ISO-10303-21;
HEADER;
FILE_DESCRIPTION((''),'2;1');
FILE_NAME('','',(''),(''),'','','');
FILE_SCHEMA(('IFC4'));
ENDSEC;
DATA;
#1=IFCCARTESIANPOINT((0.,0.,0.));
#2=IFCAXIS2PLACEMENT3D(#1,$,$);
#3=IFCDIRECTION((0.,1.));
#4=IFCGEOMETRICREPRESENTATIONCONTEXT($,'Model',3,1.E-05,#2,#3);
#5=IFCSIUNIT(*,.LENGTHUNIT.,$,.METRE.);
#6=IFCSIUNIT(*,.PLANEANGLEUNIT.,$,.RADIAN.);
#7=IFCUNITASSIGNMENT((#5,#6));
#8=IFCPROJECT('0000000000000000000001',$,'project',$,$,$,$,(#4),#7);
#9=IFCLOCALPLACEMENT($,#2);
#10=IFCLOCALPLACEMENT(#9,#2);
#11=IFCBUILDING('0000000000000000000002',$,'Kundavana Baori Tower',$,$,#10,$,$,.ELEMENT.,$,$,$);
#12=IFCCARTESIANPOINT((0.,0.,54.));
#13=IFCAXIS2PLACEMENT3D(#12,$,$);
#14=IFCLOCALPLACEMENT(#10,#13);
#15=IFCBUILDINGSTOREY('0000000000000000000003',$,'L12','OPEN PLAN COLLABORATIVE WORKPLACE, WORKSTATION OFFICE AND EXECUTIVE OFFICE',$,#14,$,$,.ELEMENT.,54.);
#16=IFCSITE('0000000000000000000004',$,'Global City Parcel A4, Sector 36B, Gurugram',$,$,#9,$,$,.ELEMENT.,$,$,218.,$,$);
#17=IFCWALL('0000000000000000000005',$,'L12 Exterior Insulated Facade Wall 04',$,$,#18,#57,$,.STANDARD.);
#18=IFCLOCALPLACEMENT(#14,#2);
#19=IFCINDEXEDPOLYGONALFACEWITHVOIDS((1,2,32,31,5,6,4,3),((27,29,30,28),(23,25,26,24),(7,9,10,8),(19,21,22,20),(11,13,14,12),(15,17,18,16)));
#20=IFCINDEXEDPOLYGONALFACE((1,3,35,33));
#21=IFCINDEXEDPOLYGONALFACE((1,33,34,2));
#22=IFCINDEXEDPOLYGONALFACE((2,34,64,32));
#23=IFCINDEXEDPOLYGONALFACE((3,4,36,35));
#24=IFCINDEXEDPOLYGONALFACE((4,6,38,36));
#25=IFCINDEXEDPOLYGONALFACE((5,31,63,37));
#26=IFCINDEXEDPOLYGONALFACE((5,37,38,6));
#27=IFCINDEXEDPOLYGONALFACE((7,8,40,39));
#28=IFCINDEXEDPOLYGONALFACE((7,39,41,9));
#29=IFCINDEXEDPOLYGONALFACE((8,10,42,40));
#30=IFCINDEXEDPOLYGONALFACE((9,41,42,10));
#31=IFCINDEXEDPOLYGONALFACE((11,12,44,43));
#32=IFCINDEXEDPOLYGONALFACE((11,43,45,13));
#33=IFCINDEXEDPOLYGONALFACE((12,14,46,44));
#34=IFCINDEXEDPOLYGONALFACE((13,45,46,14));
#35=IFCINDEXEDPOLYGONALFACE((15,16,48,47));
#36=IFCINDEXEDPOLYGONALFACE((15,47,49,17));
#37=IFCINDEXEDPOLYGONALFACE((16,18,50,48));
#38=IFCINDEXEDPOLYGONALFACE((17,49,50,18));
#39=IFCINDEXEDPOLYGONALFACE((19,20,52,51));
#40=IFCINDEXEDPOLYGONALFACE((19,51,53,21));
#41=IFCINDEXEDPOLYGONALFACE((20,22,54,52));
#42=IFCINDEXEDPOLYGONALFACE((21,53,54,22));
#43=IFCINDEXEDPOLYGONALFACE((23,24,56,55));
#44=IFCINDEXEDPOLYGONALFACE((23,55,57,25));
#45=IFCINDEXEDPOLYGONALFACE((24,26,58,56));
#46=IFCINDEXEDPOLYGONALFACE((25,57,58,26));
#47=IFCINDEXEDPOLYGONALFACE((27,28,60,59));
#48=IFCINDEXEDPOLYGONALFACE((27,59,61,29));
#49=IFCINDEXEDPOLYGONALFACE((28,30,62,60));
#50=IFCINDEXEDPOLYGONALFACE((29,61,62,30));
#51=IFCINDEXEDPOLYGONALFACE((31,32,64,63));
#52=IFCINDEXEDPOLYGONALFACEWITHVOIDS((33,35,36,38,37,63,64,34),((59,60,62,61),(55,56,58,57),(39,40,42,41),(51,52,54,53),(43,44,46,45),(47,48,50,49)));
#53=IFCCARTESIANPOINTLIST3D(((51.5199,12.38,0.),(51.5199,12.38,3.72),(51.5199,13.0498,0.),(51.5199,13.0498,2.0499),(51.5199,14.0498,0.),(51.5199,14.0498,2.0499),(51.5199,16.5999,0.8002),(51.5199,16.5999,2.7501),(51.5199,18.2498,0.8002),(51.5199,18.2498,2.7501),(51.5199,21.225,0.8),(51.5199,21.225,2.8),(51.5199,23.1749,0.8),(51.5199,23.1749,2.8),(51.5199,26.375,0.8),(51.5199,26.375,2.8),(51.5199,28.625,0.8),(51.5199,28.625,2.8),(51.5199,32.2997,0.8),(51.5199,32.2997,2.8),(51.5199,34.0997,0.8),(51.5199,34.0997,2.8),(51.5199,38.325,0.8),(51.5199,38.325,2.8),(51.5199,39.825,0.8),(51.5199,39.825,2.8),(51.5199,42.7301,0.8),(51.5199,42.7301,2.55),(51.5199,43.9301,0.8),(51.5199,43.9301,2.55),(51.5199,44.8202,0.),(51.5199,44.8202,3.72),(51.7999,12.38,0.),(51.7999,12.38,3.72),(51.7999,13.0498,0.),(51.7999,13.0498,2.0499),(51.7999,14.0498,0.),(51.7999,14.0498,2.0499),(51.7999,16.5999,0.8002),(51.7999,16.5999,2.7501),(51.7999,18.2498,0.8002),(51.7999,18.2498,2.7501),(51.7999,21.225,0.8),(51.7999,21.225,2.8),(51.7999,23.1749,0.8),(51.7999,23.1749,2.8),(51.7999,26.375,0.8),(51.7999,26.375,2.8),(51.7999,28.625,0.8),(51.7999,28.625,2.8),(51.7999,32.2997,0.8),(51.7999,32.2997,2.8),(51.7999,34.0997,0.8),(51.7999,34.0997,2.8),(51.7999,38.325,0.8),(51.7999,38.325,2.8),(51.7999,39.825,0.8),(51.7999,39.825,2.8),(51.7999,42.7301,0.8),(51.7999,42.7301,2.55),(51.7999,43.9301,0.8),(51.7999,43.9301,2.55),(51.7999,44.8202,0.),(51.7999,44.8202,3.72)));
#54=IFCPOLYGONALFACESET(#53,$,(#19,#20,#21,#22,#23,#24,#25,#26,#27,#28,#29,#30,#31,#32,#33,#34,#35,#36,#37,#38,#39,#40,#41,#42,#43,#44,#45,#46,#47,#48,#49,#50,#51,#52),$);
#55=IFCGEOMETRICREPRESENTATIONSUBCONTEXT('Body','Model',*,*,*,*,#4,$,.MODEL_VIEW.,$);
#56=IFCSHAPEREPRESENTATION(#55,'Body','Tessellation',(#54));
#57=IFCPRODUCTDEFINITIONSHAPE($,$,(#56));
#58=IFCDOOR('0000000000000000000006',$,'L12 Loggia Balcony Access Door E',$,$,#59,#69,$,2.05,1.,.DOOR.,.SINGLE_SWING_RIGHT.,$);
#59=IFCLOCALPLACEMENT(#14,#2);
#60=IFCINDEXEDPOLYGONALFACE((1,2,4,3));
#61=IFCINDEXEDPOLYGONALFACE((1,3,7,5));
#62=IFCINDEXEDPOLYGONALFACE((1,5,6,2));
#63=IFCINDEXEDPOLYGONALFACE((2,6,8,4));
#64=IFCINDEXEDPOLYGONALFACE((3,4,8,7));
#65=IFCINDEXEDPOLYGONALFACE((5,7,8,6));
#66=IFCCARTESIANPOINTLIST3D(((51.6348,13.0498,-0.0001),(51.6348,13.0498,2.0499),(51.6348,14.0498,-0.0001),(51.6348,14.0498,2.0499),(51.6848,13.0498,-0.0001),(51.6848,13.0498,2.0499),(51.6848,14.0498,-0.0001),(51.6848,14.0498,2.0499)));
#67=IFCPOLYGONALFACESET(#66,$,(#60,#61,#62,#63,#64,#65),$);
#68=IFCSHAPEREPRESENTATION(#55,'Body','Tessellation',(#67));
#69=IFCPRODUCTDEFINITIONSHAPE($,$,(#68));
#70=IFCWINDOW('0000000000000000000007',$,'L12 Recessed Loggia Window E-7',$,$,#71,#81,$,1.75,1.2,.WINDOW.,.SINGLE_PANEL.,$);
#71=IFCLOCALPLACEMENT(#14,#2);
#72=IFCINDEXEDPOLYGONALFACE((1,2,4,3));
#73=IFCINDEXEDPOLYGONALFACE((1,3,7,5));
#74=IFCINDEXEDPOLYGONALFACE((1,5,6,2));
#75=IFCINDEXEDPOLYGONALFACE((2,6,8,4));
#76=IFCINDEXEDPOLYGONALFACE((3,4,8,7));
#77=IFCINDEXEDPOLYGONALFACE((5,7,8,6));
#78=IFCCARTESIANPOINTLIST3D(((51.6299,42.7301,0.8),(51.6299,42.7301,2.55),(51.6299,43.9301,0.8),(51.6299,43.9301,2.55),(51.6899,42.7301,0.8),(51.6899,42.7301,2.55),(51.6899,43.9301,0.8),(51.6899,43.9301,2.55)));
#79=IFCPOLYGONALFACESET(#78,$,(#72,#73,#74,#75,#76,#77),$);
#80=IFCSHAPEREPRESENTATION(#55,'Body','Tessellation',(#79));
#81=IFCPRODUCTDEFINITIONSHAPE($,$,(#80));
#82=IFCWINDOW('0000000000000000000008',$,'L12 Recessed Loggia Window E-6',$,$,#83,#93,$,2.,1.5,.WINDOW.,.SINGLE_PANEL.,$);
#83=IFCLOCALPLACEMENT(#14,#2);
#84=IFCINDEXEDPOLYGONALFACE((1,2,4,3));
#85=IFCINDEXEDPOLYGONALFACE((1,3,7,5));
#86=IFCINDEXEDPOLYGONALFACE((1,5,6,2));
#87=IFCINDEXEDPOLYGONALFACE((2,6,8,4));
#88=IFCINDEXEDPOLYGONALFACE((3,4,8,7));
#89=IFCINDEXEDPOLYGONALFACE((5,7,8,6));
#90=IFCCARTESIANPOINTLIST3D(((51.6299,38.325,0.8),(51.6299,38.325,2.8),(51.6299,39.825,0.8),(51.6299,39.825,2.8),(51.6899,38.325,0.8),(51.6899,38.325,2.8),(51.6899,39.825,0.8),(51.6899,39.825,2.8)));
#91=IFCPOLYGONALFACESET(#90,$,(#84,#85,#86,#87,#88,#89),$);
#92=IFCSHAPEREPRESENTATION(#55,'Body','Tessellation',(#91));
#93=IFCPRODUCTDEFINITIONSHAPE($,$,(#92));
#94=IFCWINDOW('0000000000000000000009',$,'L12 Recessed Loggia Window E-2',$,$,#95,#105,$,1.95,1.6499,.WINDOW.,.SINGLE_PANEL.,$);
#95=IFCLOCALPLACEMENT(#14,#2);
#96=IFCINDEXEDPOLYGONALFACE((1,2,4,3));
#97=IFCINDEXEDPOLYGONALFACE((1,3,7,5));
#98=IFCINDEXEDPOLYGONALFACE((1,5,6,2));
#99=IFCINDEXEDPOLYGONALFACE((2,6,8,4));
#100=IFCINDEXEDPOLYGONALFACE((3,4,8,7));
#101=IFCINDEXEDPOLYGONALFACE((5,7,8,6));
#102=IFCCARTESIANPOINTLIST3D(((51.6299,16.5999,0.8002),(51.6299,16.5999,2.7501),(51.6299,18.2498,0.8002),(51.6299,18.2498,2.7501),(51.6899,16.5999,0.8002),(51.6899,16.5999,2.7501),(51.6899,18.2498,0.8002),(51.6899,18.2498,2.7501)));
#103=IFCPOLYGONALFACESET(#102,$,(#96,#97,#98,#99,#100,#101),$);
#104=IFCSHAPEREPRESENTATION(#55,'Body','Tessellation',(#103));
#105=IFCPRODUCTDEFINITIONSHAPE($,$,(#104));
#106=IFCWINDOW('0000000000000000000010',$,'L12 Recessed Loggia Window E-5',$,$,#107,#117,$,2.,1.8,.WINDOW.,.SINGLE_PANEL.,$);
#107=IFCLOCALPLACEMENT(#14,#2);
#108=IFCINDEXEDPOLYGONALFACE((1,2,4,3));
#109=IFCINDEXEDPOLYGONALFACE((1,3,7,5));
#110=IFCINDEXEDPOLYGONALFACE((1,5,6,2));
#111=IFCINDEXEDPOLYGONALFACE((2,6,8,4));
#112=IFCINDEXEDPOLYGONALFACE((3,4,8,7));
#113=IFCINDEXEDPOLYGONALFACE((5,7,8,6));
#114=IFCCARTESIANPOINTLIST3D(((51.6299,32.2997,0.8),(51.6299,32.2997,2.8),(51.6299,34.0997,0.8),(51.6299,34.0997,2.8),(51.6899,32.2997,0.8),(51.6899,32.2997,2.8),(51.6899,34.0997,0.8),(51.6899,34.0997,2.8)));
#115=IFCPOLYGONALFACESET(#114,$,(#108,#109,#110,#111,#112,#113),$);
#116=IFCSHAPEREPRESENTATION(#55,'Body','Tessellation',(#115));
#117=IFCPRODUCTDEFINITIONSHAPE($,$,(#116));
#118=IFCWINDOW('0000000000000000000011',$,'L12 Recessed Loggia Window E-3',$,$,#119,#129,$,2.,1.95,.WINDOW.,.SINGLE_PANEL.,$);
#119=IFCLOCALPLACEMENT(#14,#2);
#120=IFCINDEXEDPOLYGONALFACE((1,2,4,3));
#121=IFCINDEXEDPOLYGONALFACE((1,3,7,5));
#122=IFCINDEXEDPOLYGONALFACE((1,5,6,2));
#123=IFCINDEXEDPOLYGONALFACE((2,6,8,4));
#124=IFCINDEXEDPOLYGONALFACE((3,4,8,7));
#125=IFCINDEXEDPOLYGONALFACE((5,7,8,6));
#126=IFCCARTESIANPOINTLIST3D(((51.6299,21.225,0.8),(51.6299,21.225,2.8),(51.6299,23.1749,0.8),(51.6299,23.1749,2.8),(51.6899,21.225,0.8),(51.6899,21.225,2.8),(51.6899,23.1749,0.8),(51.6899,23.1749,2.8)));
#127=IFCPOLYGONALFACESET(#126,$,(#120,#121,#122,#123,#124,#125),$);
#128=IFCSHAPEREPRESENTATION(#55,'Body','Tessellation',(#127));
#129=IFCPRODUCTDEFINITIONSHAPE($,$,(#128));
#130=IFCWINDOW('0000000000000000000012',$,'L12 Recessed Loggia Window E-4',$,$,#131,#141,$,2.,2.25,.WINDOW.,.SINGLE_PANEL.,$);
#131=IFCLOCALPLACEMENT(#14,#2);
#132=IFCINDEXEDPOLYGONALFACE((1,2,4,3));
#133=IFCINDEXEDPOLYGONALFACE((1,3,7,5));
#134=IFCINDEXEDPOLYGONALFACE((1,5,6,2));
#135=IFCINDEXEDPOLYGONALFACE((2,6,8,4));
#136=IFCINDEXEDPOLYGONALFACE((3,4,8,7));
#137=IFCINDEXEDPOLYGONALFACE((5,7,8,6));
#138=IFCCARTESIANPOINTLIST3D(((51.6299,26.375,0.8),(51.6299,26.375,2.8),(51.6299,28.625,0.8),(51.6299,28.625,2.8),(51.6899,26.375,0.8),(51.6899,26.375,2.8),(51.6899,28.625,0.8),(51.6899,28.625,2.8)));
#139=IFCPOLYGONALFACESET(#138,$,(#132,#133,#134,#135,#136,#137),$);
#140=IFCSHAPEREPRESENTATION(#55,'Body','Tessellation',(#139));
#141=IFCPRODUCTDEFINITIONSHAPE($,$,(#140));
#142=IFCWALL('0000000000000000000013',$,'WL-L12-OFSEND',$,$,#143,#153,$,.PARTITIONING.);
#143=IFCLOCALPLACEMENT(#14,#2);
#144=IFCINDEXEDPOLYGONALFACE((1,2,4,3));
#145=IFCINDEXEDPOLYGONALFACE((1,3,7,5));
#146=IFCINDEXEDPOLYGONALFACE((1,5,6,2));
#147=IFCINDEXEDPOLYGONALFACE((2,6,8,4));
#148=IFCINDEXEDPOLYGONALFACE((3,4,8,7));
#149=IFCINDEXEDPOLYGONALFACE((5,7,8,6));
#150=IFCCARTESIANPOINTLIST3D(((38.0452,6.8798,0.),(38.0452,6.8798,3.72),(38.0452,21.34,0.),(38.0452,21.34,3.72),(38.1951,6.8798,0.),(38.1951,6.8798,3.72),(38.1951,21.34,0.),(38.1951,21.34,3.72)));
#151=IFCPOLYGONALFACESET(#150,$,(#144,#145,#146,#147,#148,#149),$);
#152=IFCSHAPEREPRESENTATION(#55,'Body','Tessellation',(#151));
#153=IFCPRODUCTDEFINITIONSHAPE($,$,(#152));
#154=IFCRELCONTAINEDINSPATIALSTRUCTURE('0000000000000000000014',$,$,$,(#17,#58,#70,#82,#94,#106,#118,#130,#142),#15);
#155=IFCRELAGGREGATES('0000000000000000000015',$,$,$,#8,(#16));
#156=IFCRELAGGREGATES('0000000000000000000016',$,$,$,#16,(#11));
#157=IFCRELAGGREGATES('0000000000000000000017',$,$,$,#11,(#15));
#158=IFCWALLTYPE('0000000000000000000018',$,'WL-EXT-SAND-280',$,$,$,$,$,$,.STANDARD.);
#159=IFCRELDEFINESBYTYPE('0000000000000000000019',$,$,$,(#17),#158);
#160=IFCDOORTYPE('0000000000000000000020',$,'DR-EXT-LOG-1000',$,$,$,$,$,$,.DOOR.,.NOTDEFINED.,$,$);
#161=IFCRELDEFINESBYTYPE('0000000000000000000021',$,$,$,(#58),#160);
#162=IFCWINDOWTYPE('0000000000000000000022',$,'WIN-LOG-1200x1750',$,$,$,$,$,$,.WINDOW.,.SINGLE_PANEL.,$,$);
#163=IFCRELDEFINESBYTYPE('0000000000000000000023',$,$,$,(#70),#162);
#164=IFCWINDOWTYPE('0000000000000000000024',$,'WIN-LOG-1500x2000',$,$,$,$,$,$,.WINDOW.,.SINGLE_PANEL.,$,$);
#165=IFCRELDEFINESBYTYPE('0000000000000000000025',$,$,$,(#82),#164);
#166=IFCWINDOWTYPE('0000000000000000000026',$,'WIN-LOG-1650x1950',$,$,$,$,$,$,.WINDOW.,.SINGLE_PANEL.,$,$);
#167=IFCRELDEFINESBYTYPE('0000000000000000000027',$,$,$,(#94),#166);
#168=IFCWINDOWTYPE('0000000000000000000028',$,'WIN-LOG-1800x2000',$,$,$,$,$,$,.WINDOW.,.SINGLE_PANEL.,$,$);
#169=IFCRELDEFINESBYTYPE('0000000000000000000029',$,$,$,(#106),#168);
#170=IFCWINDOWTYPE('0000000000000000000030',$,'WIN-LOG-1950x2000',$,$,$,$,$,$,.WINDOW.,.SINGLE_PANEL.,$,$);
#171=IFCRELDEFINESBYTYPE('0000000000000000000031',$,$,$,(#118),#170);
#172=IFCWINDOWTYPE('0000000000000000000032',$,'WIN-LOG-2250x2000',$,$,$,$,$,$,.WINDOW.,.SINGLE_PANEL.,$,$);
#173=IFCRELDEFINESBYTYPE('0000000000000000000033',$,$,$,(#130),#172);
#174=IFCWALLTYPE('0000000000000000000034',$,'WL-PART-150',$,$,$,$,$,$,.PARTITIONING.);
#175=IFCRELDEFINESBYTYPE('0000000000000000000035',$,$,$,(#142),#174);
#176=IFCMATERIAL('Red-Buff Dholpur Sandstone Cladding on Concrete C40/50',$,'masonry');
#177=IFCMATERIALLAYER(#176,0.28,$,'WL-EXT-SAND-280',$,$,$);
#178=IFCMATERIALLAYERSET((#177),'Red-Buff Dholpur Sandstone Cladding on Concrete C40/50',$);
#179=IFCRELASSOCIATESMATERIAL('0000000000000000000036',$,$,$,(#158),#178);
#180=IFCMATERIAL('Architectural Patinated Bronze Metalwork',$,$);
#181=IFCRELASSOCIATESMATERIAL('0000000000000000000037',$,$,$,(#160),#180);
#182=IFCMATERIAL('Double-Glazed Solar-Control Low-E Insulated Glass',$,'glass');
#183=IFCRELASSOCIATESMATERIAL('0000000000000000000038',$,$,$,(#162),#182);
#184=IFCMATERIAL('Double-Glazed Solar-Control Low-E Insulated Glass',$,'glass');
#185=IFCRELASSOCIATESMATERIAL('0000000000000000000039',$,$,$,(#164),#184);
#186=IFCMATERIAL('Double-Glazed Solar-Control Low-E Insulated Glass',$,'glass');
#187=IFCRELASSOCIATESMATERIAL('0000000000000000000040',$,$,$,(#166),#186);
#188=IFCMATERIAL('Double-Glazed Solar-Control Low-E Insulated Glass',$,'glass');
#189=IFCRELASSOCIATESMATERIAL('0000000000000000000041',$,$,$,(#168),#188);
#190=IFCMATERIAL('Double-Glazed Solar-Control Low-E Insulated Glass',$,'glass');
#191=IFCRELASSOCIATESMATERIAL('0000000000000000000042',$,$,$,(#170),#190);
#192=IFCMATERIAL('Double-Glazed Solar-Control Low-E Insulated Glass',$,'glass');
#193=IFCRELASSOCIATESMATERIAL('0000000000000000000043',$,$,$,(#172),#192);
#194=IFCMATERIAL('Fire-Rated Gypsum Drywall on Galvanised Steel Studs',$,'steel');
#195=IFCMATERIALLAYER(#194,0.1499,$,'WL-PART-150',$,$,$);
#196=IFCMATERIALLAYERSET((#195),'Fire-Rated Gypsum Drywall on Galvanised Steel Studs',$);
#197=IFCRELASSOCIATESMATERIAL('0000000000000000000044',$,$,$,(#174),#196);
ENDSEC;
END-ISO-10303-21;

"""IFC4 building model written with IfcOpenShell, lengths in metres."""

from ifc_helpers import new_model, si_unit, direction, frame, frame_2d, origin, place, context, subcontext, project, spatial, rectangle, extrude, material, layer, layer_set, type_object, element, fill, save


model = new_model("IFC4")

# Units and contexts
model_context = context("Model", 3, precision=1e-05, world=origin(), true_north=direction((0.0, 1.0)))
body_context = subcontext(model_context, "Body", "Model", "MODEL_VIEW")
ifc_project = project(units=[si_unit("LENGTHUNIT", "METRE"), si_unit("PLANEANGLEUNIT", "RADIAN")], contexts=[model_context])

# Site, building, storey
site_placement = place(None, origin())
site = spatial("IfcSite", under=ifc_project, at=site_placement, Name="Global City Parcel A4, Sector 36B, Gurugram", CompositionType="ELEMENT", RefElevation=218.0)
building_placement = place(site_placement, origin())
building = spatial("IfcBuilding", under=site, at=building_placement, Name="Kundavana Baori Tower", CompositionType="ELEMENT")
storey_placement = place(building_placement, frame((0.0, 0.0, 54.0)))
storey = spatial("IfcBuildingStorey", under=building, at=storey_placement, Name="L12", Description="OPEN PLAN COLLABORATIVE WORKPLACE, WORKSTATION OFFICE AND EXECUTIVE OFFICE", CompositionType="ELEMENT", Elevation=54.0)

# Shared definitions
ifc_material_1 = material(Name="Red-Buff Dholpur Sandstone Cladding on Concrete C40/50", Category="masonry")
ifc_layer_1 = layer(ifc_material_1, 0.28, Name="WL-EXT-SAND-280")
ifc_layer_set_1 = layer_set([ifc_layer_1], Name="Red-Buff Dholpur Sandstone Cladding on Concrete C40/50")
wall_type_1 = type_object("IfcWallType", Name="WL-EXT-SAND-280", PredefinedType="STANDARD", material=ifc_layer_set_1)

# Wall, openings, door, windows
wall_1_placement = place(storey_placement, frame((51.6599, 12.3799, 0.0), z_axis=(0.0, 0.0, 1.0), x_axis=(0.0, 1.0, 0.0)))
wall_1 = element("IfcWall", 1, at=wall_1_placement, inside=storey, type_object=wall_type_1, Name="L12 Exterior Insulated Facade Wall 04", PredefinedType="STANDARD", context=body_context, shape_type="SweptSolid", body=[
    extrude(rectangle(XDim=32.4402, YDim=0.28, at=frame_2d((16.2202, 0.0))), origin(), (0.0, 0.0, 1.0), 3.72),
])
opening_1_placement = place(wall_1_placement, frame((0.6699, 0.0, 0.0)))
opening_1 = element("IfcOpeningElement", 2, at=opening_1_placement, cuts=wall_1, PredefinedType="OPENING", context=body_context, shape_type="SweptSolid", body=[
    extrude(rectangle(XDim=1.0, YDim=2.05, at=frame_2d((0.5, 1.0249))), frame((0.0, 0.1499, 0.0), z_axis=(0.0, -1.0, 0.0), x_axis=(1.0, 0.0, 0.0)), (0.0, 0.0, 1.0), 0.3),
])
opening_2_placement = place(wall_1_placement, frame((4.22, 0.0, 0.8)))
opening_2 = element("IfcOpeningElement", 3, at=opening_2_placement, cuts=wall_1, PredefinedType="OPENING", context=body_context, shape_type="SweptSolid", body=[
    extrude(rectangle(XDim=1.6499, YDim=1.95, at=frame_2d((0.825, 0.9751))), frame((0.0, 0.1499, 0.0), z_axis=(0.0, -1.0, 0.0), x_axis=(1.0, 0.0, 0.0)), (0.0, 0.0, 1.0), 0.3),
])
opening_3_placement = place(wall_1_placement, frame((8.845, 0.0, 0.8)))
opening_3 = element("IfcOpeningElement", 4, at=opening_3_placement, cuts=wall_1, PredefinedType="OPENING", context=body_context, shape_type="SweptSolid", body=[
    extrude(rectangle(XDim=1.95, YDim=2.0, at=frame_2d((0.9751, 1.0))), frame((0.0, 0.1499, 0.0), z_axis=(0.0, -1.0, 0.0), x_axis=(1.0, 0.0, 0.0)), (0.0, 0.0, 1.0), 0.3),
])
opening_4_placement = place(wall_1_placement, frame((13.9951, 0.0, 0.8)))
opening_4 = element("IfcOpeningElement", 5, at=opening_4_placement, cuts=wall_1, PredefinedType="OPENING", context=body_context, shape_type="SweptSolid", body=[
    extrude(rectangle(XDim=2.25, YDim=2.0, at=frame_2d((1.125, 1.0))), frame((0.0, 0.1499, 0.0), z_axis=(0.0, -1.0, 0.0), x_axis=(1.0, 0.0, 0.0)), (0.0, 0.0, 1.0), 0.3),
])
opening_5_placement = place(wall_1_placement, frame((19.9199, 0.0, 0.8)))
opening_5 = element("IfcOpeningElement", 6, at=opening_5_placement, cuts=wall_1, PredefinedType="OPENING", context=body_context, shape_type="SweptSolid", body=[
    extrude(rectangle(XDim=1.8, YDim=2.0, at=frame_2d((0.8999, 1.0))), frame((0.0, 0.1499, 0.0), z_axis=(0.0, -1.0, 0.0), x_axis=(1.0, 0.0, 0.0)), (0.0, 0.0, 1.0), 0.3),
])
opening_6_placement = place(wall_1_placement, frame((25.9451, 0.0, 0.8)))
opening_6 = element("IfcOpeningElement", 7, at=opening_6_placement, cuts=wall_1, PredefinedType="OPENING", context=body_context, shape_type="SweptSolid", body=[
    extrude(rectangle(XDim=1.5, YDim=2.0, at=frame_2d((0.75, 1.0))), frame((0.0, 0.1499, 0.0), z_axis=(0.0, -1.0, 0.0), x_axis=(1.0, 0.0, 0.0)), (0.0, 0.0, 1.0), 0.3),
])
opening_7_placement = place(wall_1_placement, frame((30.3501, 0.0, 0.8)))
opening_7 = element("IfcOpeningElement", 8, at=opening_7_placement, cuts=wall_1, PredefinedType="OPENING", context=body_context, shape_type="SweptSolid", body=[
    extrude(rectangle(XDim=1.2, YDim=1.75, at=frame_2d((0.6001, 0.875))), frame((0.0, 0.1499, 0.0), z_axis=(0.0, -1.0, 0.0), x_axis=(1.0, 0.0, 0.0)), (0.0, 0.0, 1.0), 0.3),
])
ifc_material_2 = material(Name="Architectural Patinated Bronze Metalwork")
door_type_1 = type_object("IfcDoorType", Name="DR-EXT-LOG-1000", OperationType="NOTDEFINED", PredefinedType="DOOR", material=ifc_material_2)
door_1_placement = place(opening_1_placement, frame((1.0, 0.0, 0.0), z_axis=(0.0, 0.0, 1.0), x_axis=(-1.0, 0.0, 0.0)))
door_1 = element("IfcDoor", 9, at=door_1_placement, inside=storey, type_object=door_type_1, Name="L12 Loggia Balcony Access Door E", OperationType="SINGLE_SWING_RIGHT", OverallHeight=2.05, OverallWidth=1.0, PredefinedType="DOOR", context=body_context, shape_type="SweptSolid", body=[
    extrude(rectangle(XDim=1.0, YDim=2.05, at=frame_2d((0.5, 1.0249))), frame((0.0, 0.0249, 0.0), z_axis=(0.0, -1.0, 0.0), x_axis=(1.0, 0.0, 0.0)), (0.0, 0.0, 1.0), 0.05),
])
fill(opening_1, door_1)
ifc_material_3 = material(Name="Double-Glazed Solar-Control Low-E Insulated Glass", Category="glass")
window_type_1 = type_object("IfcWindowType", Name="WIN-LOG-1200x1750", PartitioningType="SINGLE_PANEL", PredefinedType="WINDOW", material=ifc_material_3)
window_1_placement = place(opening_7_placement, origin())
window_1 = element("IfcWindow", 10, at=window_1_placement, inside=storey, type_object=window_type_1, Name="L12 Recessed Loggia Window E-7", OverallHeight=1.75, OverallWidth=1.2, PartitioningType="SINGLE_PANEL", PredefinedType="WINDOW", context=body_context, shape_type="SweptSolid", body=[
    extrude(rectangle(XDim=1.2, YDim=1.75, at=frame_2d((0.6001, 0.875))), frame((0.0, 0.03, 0.0), z_axis=(0.0, -1.0, 0.0), x_axis=(1.0, 0.0, 0.0)), (0.0, 0.0, 1.0), 0.0601),
])
fill(opening_7, window_1)
ifc_material_4 = material(Name="Double-Glazed Solar-Control Low-E Insulated Glass", Category="glass")
window_type_2 = type_object("IfcWindowType", Name="WIN-LOG-1500x2000", PartitioningType="SINGLE_PANEL", PredefinedType="WINDOW", material=ifc_material_4)
window_2_placement = place(opening_6_placement, origin())
window_2 = element("IfcWindow", 11, at=window_2_placement, inside=storey, type_object=window_type_2, Name="L12 Recessed Loggia Window E-6", OverallHeight=2.0, OverallWidth=1.5, PartitioningType="SINGLE_PANEL", PredefinedType="WINDOW", context=body_context, shape_type="SweptSolid", body=[
    extrude(rectangle(XDim=1.5, YDim=2.0, at=frame_2d((0.75, 1.0))), frame((0.0, 0.03, 0.0), z_axis=(0.0, -1.0, 0.0), x_axis=(1.0, 0.0, 0.0)), (0.0, 0.0, 1.0), 0.0601),
])
fill(opening_6, window_2)
ifc_material_5 = material(Name="Double-Glazed Solar-Control Low-E Insulated Glass", Category="glass")
window_type_3 = type_object("IfcWindowType", Name="WIN-LOG-1650x1950", PartitioningType="SINGLE_PANEL", PredefinedType="WINDOW", material=ifc_material_5)
window_3_placement = place(opening_2_placement, origin())
window_3 = element("IfcWindow", 12, at=window_3_placement, inside=storey, type_object=window_type_3, Name="L12 Recessed Loggia Window E-2", OverallHeight=1.95, OverallWidth=1.6499, PartitioningType="SINGLE_PANEL", PredefinedType="WINDOW", context=body_context, shape_type="SweptSolid", body=[
    extrude(rectangle(XDim=1.6499, YDim=1.95, at=frame_2d((0.825, 0.9751))), frame((0.0, 0.03, 0.0), z_axis=(0.0, -1.0, 0.0), x_axis=(1.0, 0.0, 0.0)), (0.0, 0.0, 1.0), 0.0601),
])
fill(opening_2, window_3)
ifc_material_6 = material(Name="Double-Glazed Solar-Control Low-E Insulated Glass", Category="glass")
window_type_4 = type_object("IfcWindowType", Name="WIN-LOG-1800x2000", PartitioningType="SINGLE_PANEL", PredefinedType="WINDOW", material=ifc_material_6)
window_4_placement = place(opening_5_placement, origin())
window_4 = element("IfcWindow", 13, at=window_4_placement, inside=storey, type_object=window_type_4, Name="L12 Recessed Loggia Window E-5", OverallHeight=2.0, OverallWidth=1.8, PartitioningType="SINGLE_PANEL", PredefinedType="WINDOW", context=body_context, shape_type="SweptSolid", body=[
    extrude(rectangle(XDim=1.8, YDim=2.0, at=frame_2d((0.8999, 1.0))), frame((0.0, 0.03, 0.0), z_axis=(0.0, -1.0, 0.0), x_axis=(1.0, 0.0, 0.0)), (0.0, 0.0, 1.0), 0.0601),
])
fill(opening_5, window_4)
ifc_material_7 = material(Name="Double-Glazed Solar-Control Low-E Insulated Glass", Category="glass")
window_type_5 = type_object("IfcWindowType", Name="WIN-LOG-1950x2000", PartitioningType="SINGLE_PANEL", PredefinedType="WINDOW", material=ifc_material_7)
window_5_placement = place(opening_3_placement, origin())
window_5 = element("IfcWindow", 14, at=window_5_placement, inside=storey, type_object=window_type_5, Name="L12 Recessed Loggia Window E-3", OverallHeight=2.0, OverallWidth=1.95, PartitioningType="SINGLE_PANEL", PredefinedType="WINDOW", context=body_context, shape_type="SweptSolid", body=[
    extrude(rectangle(XDim=1.95, YDim=2.0, at=frame_2d((0.9751, 1.0))), frame((0.0, 0.03, 0.0), z_axis=(0.0, -1.0, 0.0), x_axis=(1.0, 0.0, 0.0)), (0.0, 0.0, 1.0), 0.0601),
])
fill(opening_3, window_5)
ifc_material_8 = material(Name="Double-Glazed Solar-Control Low-E Insulated Glass", Category="glass")
window_type_6 = type_object("IfcWindowType", Name="WIN-LOG-2250x2000", PartitioningType="SINGLE_PANEL", PredefinedType="WINDOW", material=ifc_material_8)
window_6_placement = place(opening_4_placement, origin())
window_6 = element("IfcWindow", 15, at=window_6_placement, inside=storey, type_object=window_type_6, Name="L12 Recessed Loggia Window E-4", OverallHeight=2.0, OverallWidth=2.25, PartitioningType="SINGLE_PANEL", PredefinedType="WINDOW", context=body_context, shape_type="SweptSolid", body=[
    extrude(rectangle(XDim=2.25, YDim=2.0, at=frame_2d((1.125, 1.0))), frame((0.0, 0.03, 0.0), z_axis=(0.0, -1.0, 0.0), x_axis=(1.0, 0.0, 0.0)), (0.0, 0.0, 1.0), 0.0601),
])
fill(opening_4, window_6)

# Wall
ifc_material_9 = material(Name="Fire-Rated Gypsum Drywall on Galvanised Steel Studs", Category="steel")
ifc_layer_2 = layer(ifc_material_9, 0.1499, Name="WL-PART-150")
ifc_layer_set_2 = layer_set([ifc_layer_2], Name="Fire-Rated Gypsum Drywall on Galvanised Steel Studs")
wall_type_2 = type_object("IfcWallType", Name="WL-PART-150", PredefinedType="PARTITIONING", material=ifc_layer_set_2)
wall_2_placement = place(storey_placement, frame((38.1201, 6.8799, 0.0), z_axis=(0.0, 0.0, 1.0), x_axis=(0.0, 1.0, 0.0)))
element("IfcWall", 16, at=wall_2_placement, inside=storey, type_object=wall_type_2, Name="WL-L12-OFSEND", PredefinedType="PARTITIONING", context=body_context, shape_type="SweptSolid", body=[
    extrude(rectangle(XDim=14.4602, YDim=0.1499, at=frame_2d((7.23, 0.0))), origin(), (0.0, 0.0, 1.0), 3.72),
])

save(model, "model.ifc")
